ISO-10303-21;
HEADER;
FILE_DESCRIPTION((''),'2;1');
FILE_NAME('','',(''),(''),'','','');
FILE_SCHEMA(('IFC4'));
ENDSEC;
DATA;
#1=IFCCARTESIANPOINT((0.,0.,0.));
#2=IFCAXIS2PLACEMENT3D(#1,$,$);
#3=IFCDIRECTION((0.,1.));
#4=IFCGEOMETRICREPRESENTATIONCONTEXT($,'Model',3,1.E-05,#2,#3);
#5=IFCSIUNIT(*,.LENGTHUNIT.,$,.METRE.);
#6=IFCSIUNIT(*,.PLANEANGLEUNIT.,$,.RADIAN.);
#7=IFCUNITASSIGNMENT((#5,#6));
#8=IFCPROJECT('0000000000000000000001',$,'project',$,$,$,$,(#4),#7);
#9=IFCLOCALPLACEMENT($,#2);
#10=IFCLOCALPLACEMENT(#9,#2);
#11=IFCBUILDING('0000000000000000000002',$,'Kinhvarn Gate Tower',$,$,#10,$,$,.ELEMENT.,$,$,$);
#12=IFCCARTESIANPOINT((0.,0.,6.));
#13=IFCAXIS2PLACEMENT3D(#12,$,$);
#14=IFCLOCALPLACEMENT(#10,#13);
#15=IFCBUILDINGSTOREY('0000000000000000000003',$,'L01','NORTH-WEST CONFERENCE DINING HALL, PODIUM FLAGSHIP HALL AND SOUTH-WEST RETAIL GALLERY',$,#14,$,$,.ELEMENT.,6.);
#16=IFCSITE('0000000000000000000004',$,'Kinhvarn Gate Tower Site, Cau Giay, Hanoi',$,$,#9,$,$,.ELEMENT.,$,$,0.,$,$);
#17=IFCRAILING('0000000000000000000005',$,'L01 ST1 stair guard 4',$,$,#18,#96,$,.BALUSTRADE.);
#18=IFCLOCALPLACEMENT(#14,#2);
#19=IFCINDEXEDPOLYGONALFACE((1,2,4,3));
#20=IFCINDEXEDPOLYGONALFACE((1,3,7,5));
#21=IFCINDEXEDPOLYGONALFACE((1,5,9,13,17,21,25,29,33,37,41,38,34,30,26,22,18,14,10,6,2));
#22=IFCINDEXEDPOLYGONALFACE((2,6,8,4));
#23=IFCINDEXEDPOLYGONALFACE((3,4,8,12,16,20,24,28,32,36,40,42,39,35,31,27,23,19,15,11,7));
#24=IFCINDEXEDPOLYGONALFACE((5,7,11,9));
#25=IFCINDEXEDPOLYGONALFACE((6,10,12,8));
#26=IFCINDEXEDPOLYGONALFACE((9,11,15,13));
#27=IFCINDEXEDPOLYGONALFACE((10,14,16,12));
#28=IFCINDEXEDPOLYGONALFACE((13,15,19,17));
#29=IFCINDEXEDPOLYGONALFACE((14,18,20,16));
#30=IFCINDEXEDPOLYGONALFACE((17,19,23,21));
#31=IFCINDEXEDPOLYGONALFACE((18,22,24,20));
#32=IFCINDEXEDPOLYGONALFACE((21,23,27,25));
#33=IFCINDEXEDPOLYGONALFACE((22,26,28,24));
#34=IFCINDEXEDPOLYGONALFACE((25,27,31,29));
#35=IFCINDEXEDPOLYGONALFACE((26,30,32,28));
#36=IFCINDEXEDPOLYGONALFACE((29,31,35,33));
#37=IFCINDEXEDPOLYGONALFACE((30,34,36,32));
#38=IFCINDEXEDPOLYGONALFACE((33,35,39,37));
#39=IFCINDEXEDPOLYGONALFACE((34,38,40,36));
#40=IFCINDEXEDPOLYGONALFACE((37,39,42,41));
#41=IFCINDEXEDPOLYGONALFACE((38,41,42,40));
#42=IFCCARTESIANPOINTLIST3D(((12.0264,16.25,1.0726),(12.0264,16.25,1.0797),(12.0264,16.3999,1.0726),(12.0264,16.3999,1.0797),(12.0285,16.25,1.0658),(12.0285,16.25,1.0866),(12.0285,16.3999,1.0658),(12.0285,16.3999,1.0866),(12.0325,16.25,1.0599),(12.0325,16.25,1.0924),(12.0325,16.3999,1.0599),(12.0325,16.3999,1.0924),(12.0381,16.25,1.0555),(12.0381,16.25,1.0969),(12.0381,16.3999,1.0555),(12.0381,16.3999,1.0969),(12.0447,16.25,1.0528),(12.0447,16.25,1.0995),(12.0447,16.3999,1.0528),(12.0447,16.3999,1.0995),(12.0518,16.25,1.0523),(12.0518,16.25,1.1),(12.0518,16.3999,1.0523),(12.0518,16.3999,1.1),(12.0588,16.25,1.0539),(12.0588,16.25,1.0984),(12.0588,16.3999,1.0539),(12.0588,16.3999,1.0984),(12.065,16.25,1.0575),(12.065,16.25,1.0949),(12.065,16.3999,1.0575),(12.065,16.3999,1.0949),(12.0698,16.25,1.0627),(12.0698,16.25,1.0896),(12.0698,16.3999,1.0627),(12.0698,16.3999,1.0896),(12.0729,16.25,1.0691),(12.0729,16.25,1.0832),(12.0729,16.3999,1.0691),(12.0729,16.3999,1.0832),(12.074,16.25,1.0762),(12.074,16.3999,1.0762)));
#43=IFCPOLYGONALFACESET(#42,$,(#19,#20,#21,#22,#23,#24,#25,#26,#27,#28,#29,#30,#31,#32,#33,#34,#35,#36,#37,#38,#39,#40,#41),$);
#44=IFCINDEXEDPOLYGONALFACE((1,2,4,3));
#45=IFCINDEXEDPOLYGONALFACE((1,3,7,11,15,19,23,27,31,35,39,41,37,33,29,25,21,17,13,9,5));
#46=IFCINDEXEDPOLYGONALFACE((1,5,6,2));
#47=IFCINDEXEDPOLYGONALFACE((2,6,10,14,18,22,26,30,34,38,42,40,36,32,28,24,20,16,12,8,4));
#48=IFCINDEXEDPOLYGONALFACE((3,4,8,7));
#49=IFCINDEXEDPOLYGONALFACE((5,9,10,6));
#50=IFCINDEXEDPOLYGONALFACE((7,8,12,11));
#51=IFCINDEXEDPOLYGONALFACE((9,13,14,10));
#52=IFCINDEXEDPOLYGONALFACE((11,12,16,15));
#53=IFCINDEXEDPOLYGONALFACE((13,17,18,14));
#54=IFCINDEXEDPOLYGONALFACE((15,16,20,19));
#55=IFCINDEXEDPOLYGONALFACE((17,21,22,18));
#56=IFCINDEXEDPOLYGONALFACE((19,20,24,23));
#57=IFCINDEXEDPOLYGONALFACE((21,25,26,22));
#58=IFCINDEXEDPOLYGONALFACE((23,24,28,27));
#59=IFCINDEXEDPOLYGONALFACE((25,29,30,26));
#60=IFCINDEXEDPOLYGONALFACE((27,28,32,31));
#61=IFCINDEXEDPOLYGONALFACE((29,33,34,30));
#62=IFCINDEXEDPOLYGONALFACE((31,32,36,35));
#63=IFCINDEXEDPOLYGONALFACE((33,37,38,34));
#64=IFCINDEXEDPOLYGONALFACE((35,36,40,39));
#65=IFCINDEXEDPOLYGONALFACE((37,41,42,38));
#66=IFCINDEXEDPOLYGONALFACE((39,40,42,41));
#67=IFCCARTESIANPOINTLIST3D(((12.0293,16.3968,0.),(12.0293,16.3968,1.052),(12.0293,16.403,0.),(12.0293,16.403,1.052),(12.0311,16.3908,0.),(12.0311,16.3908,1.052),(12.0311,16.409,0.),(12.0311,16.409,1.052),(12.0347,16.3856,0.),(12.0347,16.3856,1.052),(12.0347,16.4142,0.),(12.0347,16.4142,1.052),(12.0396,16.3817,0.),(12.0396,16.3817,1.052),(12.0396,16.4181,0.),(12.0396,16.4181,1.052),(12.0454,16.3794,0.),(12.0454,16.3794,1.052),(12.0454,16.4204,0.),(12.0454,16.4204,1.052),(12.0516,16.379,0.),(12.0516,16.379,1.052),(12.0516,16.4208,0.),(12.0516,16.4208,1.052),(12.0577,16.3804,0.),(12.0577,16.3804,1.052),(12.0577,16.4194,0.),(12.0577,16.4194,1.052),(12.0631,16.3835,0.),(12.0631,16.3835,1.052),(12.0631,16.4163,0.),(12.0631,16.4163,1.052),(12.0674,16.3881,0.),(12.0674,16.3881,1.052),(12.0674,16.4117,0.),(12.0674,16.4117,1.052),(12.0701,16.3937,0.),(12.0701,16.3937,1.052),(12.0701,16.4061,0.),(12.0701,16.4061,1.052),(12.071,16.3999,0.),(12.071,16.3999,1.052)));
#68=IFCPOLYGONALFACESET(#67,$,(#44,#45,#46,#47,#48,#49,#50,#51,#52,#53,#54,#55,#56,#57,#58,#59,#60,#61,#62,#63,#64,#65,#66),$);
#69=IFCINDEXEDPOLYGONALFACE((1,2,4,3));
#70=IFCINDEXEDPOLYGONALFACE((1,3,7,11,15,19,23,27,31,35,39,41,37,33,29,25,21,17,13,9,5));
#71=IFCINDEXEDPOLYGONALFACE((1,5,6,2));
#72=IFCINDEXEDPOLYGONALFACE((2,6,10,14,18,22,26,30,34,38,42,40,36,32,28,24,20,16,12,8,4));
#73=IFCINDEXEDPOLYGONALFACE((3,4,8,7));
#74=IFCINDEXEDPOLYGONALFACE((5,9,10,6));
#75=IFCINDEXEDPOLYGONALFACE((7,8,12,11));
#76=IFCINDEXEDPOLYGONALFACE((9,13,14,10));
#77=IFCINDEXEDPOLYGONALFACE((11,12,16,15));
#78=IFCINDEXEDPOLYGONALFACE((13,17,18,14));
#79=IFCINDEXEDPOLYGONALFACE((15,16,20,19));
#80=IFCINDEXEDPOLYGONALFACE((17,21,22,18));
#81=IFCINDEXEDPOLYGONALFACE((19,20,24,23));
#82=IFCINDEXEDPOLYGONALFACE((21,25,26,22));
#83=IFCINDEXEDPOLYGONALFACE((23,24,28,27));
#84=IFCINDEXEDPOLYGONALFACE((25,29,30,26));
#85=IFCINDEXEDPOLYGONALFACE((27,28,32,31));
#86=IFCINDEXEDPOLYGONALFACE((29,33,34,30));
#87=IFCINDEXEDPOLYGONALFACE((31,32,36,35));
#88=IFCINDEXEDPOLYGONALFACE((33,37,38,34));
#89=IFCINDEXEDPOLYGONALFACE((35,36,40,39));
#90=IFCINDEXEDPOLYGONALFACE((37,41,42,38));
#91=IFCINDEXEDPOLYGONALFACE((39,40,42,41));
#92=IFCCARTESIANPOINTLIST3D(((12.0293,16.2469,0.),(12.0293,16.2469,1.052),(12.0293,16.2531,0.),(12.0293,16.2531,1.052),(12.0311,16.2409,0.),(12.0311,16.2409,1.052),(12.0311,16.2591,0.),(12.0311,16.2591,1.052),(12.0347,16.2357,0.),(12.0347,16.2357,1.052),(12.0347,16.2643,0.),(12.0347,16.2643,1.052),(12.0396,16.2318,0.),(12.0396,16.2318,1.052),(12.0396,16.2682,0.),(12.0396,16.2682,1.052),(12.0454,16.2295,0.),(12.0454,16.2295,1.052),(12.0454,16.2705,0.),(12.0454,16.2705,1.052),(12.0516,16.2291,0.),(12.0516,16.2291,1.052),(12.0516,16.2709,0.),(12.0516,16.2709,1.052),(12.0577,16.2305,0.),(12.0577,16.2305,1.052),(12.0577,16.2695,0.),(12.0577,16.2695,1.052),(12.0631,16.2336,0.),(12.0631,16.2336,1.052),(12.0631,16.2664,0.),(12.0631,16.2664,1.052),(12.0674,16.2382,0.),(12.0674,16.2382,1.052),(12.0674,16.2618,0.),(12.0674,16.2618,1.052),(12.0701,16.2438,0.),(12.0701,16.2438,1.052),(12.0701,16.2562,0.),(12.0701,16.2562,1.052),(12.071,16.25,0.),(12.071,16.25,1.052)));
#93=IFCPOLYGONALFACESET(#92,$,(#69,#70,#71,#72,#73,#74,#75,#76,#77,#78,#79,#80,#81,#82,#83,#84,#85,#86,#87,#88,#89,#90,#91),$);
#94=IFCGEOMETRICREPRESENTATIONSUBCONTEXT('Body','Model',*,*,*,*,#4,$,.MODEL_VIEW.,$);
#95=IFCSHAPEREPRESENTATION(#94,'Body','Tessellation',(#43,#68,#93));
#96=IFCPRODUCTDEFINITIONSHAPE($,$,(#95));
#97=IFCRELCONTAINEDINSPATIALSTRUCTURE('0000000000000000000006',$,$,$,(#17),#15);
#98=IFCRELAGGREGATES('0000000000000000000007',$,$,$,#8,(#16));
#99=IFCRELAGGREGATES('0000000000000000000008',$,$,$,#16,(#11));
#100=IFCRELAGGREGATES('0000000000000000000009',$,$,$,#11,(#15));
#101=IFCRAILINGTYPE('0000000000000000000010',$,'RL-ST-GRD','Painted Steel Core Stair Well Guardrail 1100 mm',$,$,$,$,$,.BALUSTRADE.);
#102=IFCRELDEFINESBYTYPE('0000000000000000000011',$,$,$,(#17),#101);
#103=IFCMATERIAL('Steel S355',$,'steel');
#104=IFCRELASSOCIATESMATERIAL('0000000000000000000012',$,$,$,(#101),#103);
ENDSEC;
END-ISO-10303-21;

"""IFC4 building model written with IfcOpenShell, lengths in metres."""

from ifc_helpers import new_model, si_unit, direction, frame, origin, origin_2d, place, context, subcontext, project, spatial, circle, extrude, material, type_object, element, save


model = new_model("IFC4")

# Units and contexts
model_context = context("Model", 3, precision=1e-05, world=origin(), true_north=direction((0.0, 1.0)))
body_context = subcontext(model_context, "Body", "Model", "MODEL_VIEW")
ifc_project = project(units=[si_unit("LENGTHUNIT", "METRE"), si_unit("PLANEANGLEUNIT", "RADIAN")], contexts=[model_context])

# Site, building, storey
site_placement = place(None, origin())
site = spatial("IfcSite", under=ifc_project, at=site_placement, Name="Kinhvarn Gate Tower Site, Cau Giay, Hanoi", CompositionType="ELEMENT", RefElevation=0.0)
building_placement = place(site_placement, origin())
building = spatial("IfcBuilding", under=site, at=building_placement, Name="Kinhvarn Gate Tower", CompositionType="ELEMENT")
storey_placement = place(building_placement, frame((0.0, 0.0, 6.0)))
storey = spatial("IfcBuildingStorey", under=building, at=storey_placement, Name="L01", Description="NORTH-WEST CONFERENCE DINING HALL, PODIUM FLAGSHIP HALL AND SOUTH-WEST RETAIL GALLERY", CompositionType="ELEMENT", Elevation=6.0)

# Shared definitions
ifc_material_1 = material(Name="Steel S355", Category="steel")

# Railing
railing_type_1 = type_object("IfcRailingType", Name="RL-ST-GRD", Description="Painted Steel Core Stair Well Guardrail 1100 mm", PredefinedType="BALUSTRADE", material=ifc_material_1)
railing_1_placement = place(storey_placement, frame((12.05, 16.3999, 0.0)))
element("IfcRailing", 1, at=railing_1_placement, inside=storey, type_object=railing_type_1, Name="L01 ST1 stair guard 4", PredefinedType="BALUSTRADE", context=body_context, shape_type="SweptSolid", body=[
    extrude(circle(Radius=0.0239, at=origin_2d()), frame((0.0, 0.0, 1.0762), z_axis=(0.0, -1.0, 0.0), x_axis=(1.0, 0.0, 0.0)), (0.0, 0.0, 1.0), 0.1499),
    extrude(circle(Radius=0.021, at=origin_2d()), origin(), (0.0, 0.0, 1.0), 1.052),
    extrude(circle(Radius=0.021, at=origin_2d()), frame((0.0, -0.1499, 0.0)), (0.0, 0.0, 1.0), 1.052),
])

save(model, "model.ifc")
